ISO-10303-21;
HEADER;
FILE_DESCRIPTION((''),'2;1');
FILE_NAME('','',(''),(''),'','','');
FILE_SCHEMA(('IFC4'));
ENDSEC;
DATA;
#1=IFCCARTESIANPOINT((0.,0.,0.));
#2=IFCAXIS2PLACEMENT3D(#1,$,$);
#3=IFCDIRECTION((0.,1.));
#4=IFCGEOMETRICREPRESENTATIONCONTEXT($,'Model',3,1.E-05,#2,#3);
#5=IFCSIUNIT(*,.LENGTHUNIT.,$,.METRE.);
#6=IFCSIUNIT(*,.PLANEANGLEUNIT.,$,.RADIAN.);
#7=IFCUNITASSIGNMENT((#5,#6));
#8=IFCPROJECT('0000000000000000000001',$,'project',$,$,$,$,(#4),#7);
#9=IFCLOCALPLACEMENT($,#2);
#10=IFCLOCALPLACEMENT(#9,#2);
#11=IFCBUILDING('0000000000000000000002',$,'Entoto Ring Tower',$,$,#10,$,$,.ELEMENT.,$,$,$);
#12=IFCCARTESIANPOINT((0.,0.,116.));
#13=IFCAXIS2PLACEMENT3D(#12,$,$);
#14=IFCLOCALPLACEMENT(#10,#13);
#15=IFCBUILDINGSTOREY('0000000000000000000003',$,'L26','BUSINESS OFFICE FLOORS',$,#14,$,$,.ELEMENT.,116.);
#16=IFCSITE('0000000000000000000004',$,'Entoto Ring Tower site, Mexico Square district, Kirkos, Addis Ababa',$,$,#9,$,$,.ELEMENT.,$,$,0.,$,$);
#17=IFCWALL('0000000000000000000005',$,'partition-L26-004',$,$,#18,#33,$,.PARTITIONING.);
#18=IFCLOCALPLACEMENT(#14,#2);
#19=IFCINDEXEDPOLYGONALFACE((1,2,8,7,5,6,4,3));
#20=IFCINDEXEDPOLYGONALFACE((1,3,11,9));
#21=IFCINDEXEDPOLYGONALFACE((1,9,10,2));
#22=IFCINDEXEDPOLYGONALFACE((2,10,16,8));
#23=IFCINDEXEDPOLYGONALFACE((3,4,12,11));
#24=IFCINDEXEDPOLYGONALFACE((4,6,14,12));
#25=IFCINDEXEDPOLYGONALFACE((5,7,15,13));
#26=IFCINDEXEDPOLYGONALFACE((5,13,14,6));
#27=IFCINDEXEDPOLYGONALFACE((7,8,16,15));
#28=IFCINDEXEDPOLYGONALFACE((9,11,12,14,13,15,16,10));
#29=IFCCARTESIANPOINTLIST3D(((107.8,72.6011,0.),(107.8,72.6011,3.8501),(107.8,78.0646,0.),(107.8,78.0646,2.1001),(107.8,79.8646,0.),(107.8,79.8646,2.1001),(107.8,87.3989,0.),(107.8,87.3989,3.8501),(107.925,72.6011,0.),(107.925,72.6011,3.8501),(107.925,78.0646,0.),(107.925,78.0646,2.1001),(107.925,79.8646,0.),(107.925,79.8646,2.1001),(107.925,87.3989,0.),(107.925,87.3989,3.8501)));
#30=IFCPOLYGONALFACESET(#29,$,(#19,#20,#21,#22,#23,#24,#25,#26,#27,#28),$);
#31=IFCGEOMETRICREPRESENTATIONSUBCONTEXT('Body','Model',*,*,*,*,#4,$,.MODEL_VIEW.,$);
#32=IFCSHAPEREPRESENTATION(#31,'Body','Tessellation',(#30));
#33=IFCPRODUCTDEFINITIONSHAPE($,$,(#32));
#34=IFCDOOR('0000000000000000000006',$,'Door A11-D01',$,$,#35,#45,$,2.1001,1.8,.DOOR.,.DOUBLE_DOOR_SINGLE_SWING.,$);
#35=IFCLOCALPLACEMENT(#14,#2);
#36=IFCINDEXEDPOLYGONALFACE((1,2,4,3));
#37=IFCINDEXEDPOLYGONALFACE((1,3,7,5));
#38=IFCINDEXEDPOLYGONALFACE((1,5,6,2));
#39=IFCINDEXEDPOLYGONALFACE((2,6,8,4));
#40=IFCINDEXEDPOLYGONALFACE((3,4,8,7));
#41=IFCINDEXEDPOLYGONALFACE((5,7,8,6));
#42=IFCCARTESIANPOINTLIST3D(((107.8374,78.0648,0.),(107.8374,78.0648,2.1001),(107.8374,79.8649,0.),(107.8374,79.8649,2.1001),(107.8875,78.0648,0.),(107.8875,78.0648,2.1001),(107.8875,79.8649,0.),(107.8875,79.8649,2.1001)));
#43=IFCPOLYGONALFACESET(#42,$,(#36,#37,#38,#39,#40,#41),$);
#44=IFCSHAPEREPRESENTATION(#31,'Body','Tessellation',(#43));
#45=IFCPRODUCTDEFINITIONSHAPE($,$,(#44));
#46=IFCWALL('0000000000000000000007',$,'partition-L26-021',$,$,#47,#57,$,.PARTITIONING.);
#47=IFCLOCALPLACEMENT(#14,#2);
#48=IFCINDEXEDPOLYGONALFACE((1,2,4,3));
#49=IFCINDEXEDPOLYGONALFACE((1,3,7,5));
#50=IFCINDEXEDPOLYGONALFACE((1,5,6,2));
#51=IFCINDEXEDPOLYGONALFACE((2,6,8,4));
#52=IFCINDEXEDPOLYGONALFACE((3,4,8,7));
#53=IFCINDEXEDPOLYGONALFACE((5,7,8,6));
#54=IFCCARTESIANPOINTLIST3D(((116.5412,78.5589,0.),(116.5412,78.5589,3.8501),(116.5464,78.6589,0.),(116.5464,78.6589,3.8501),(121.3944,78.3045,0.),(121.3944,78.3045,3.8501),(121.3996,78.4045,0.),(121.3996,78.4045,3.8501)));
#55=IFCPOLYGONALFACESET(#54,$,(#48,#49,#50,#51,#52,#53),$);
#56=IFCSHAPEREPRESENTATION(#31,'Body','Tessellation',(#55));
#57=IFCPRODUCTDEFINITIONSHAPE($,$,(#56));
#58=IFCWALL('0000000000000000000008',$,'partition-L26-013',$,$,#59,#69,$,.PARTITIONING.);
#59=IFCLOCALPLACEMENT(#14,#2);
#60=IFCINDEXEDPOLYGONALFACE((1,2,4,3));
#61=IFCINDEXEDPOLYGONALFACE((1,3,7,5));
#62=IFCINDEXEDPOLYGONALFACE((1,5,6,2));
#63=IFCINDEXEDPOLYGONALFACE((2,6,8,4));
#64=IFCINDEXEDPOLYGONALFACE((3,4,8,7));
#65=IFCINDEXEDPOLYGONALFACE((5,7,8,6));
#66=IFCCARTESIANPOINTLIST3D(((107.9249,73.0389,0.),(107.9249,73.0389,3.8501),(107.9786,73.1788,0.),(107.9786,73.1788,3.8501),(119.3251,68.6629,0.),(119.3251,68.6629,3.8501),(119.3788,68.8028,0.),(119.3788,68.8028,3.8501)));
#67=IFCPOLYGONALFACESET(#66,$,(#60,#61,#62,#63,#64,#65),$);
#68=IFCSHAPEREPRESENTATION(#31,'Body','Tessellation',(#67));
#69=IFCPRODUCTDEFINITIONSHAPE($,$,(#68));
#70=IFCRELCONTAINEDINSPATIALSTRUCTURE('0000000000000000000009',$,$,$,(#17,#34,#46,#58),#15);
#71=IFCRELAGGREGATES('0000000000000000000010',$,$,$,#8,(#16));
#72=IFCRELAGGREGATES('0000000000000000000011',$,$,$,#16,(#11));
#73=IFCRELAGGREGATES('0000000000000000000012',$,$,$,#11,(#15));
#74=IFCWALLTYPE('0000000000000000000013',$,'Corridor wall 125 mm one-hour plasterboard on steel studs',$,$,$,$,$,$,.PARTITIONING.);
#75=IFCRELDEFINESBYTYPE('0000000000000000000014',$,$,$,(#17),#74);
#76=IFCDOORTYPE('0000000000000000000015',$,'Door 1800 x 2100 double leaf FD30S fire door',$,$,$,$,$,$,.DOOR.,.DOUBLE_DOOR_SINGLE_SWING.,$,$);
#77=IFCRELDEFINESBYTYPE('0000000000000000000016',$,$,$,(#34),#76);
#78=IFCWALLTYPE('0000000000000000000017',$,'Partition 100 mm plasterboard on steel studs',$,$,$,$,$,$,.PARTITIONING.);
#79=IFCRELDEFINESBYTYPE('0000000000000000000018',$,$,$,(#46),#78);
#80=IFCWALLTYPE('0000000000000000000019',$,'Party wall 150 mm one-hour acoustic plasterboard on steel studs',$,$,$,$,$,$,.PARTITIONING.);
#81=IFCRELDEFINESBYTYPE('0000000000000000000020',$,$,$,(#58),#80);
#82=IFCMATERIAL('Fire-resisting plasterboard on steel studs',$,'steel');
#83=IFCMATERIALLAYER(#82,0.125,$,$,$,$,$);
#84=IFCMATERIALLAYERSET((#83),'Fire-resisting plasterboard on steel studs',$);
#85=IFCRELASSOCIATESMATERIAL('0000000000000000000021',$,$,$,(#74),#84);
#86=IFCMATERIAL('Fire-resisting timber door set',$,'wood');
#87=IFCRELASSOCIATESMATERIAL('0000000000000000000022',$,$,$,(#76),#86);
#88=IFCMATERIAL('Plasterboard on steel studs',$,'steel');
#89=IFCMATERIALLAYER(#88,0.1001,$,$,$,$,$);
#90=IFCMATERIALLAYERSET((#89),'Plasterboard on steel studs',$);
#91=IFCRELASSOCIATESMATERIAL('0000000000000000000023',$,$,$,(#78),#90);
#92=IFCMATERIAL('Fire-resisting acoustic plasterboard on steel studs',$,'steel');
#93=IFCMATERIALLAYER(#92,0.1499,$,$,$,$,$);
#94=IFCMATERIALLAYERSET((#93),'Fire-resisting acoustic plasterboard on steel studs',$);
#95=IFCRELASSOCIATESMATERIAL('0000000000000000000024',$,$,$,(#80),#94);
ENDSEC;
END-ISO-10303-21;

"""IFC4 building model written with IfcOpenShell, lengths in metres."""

from ifc_helpers import new_model, si_unit, direction, frame, frame_2d, origin, place, context, subcontext, project, spatial, rectangle, extrude, material, layer, layer_set, type_object, element, fill, save


model = new_model("IFC4")

# Units and contexts
model_context = context("Model", 3, precision=1e-05, world=origin(), true_north=direction((0.0, 1.0)))
body_context = subcontext(model_context, "Body", "Model", "MODEL_VIEW")
ifc_project = project(units=[si_unit("LENGTHUNIT", "METRE"), si_unit("PLANEANGLEUNIT", "RADIAN")], contexts=[model_context])

# Site, building, storey
site_placement = place(None, origin())
site = spatial("IfcSite", under=ifc_project, at=site_placement, Name="Entoto Ring Tower site, Mexico Square district, Kirkos, Addis Ababa", CompositionType="ELEMENT", RefElevation=0.0)
building_placement = place(site_placement, origin())
building = spatial("IfcBuilding", under=site, at=building_placement, Name="Entoto Ring Tower", CompositionType="ELEMENT")
storey_placement = place(building_placement, frame((0.0, 0.0, 116.0)))
storey = spatial("IfcBuildingStorey", under=building, at=storey_placement, Name="L26", Description="BUSINESS OFFICE FLOORS", CompositionType="ELEMENT", Elevation=116.0)

# Wall, opening, door
ifc_material_1 = material(Name="Fire-resisting plasterboard on steel studs", Category="steel")
ifc_layer_1 = layer(ifc_material_1, 0.125)
ifc_layer_set_1 = layer_set([ifc_layer_1], Name="Fire-resisting plasterboard on steel studs")
wall_type_1 = type_object("IfcWallType", Name="Corridor wall 125 mm one-hour plasterboard on steel studs", PredefinedType="PARTITIONING", material=ifc_layer_set_1)
wall_1_placement = place(storey_placement, frame((107.8625, 72.6011, 0.0), z_axis=(0.0, 0.0, 1.0), x_axis=(0.0, 1.0, 0.0)))
wall_1 = element("IfcWall", 1, at=wall_1_placement, inside=storey, type_object=wall_type_1, Name="partition-L26-004", PredefinedType="PARTITIONING", context=body_context, shape_type="SweptSolid", body=[
    extrude(rectangle(XDim=14.7979, YDim=0.125, at=frame_2d((7.3989, 0.0))), origin(), (0.0, 0.0, 1.0), 3.8501),
])
opening_1_placement = place(wall_1_placement, frame((5.4636, 0.0, 0.0)))
opening_1 = element("IfcOpeningElement", 2, at=opening_1_placement, cuts=wall_1, PredefinedType="OPENING", context=body_context, shape_type="SweptSolid", body=[
    extrude(rectangle(XDim=1.8, YDim=2.1001, at=frame_2d((0.8999, 1.05))), frame((0.0, 0.0725, 0.0), z_axis=(0.0, -1.0, 0.0), x_axis=(1.0, 0.0, 0.0)), (0.0, 0.0, 1.0), 0.145),
])
ifc_material_2 = material(Name="Fire-resisting timber door set", Category="wood")
door_type_1 = type_object("IfcDoorType", Name="Door 1800 x 2100 double leaf FD30S fire door", OperationType="DOUBLE_DOOR_SINGLE_SWING", PredefinedType="DOOR", material=ifc_material_2)
door_1_placement = place(opening_1_placement, frame((1.8, 0.0, 0.0), z_axis=(0.0, 0.0, 1.0), x_axis=(-1.0, 0.0, 0.0)))
door_1 = element("IfcDoor", 3, at=door_1_placement, inside=storey, type_object=door_type_1, Name="Door A11-D01", OperationType="DOUBLE_DOOR_SINGLE_SWING", OverallHeight=2.1001, OverallWidth=1.8, PredefinedType="DOOR", context=body_context, shape_type="SweptSolid", body=[
    extrude(rectangle(XDim=1.8, YDim=2.1001, at=frame_2d((0.8999, 1.05))), frame((0.0, 0.0249, 0.0), z_axis=(0.0, -1.0, 0.0), x_axis=(1.0, 0.0, 0.0)), (0.0, 0.0, 1.0), 0.05),
])
fill(opening_1, door_1)

# Walls
ifc_material_3 = material(Name="Plasterboard on steel studs", Category="steel")
ifc_layer_2 = layer(ifc_material_3, 0.1001)
ifc_layer_set_2 = layer_set([ifc_layer_2], Name="Plasterboard on steel studs")
wall_type_2 = type_object("IfcWallType", Name="Partition 100 mm plasterboard on steel studs", PredefinedType="PARTITIONING", material=ifc_layer_set_2)
wall_2_placement = place(storey_placement, frame((121.397, 78.3545, 0.0), z_axis=(0.0, 0.0, 1.0), x_axis=(-0.998629, 0.052345, 0.0)))
element("IfcWall", 4, at=wall_2_placement, inside=storey, type_object=wall_type_2, Name="partition-L26-021", PredefinedType="PARTITIONING", context=body_context, shape_type="SweptSolid", body=[
    extrude(rectangle(XDim=4.8599, YDim=0.1001, at=frame_2d((2.4299, 0.0))), origin(), (0.0, 0.0, 1.0), 3.8501),
])
ifc_material_4 = material(Name="Fire-resisting acoustic plasterboard on steel studs", Category="steel")
ifc_layer_3 = layer(ifc_material_4, 0.1499)
ifc_layer_set_3 = layer_set([ifc_layer_3], Name="Fire-resisting acoustic plasterboard on steel studs")
wall_type_3 = type_object("IfcWallType", Name="Party wall 150 mm one-hour acoustic plasterboard on steel studs", PredefinedType="PARTITIONING", material=ifc_layer_set_3)
wall_3_placement = place(storey_placement, frame((119.3518, 68.7329, 0.0), z_axis=(0.0, 0.0, 1.0), x_axis=(-0.933584, 0.358359, 0.0)))
element("IfcWall", 5, at=wall_3_placement, inside=storey, type_object=wall_type_3, Name="partition-L26-013", PredefinedType="PARTITIONING", context=body_context, shape_type="SweptSolid", body=[
    extrude(rectangle(XDim=12.2112, YDim=0.1499, at=frame_2d((6.1055, 0.0))), origin(), (0.0, 0.0, 1.0), 3.8501),
])

save(model, "model.ifc")
